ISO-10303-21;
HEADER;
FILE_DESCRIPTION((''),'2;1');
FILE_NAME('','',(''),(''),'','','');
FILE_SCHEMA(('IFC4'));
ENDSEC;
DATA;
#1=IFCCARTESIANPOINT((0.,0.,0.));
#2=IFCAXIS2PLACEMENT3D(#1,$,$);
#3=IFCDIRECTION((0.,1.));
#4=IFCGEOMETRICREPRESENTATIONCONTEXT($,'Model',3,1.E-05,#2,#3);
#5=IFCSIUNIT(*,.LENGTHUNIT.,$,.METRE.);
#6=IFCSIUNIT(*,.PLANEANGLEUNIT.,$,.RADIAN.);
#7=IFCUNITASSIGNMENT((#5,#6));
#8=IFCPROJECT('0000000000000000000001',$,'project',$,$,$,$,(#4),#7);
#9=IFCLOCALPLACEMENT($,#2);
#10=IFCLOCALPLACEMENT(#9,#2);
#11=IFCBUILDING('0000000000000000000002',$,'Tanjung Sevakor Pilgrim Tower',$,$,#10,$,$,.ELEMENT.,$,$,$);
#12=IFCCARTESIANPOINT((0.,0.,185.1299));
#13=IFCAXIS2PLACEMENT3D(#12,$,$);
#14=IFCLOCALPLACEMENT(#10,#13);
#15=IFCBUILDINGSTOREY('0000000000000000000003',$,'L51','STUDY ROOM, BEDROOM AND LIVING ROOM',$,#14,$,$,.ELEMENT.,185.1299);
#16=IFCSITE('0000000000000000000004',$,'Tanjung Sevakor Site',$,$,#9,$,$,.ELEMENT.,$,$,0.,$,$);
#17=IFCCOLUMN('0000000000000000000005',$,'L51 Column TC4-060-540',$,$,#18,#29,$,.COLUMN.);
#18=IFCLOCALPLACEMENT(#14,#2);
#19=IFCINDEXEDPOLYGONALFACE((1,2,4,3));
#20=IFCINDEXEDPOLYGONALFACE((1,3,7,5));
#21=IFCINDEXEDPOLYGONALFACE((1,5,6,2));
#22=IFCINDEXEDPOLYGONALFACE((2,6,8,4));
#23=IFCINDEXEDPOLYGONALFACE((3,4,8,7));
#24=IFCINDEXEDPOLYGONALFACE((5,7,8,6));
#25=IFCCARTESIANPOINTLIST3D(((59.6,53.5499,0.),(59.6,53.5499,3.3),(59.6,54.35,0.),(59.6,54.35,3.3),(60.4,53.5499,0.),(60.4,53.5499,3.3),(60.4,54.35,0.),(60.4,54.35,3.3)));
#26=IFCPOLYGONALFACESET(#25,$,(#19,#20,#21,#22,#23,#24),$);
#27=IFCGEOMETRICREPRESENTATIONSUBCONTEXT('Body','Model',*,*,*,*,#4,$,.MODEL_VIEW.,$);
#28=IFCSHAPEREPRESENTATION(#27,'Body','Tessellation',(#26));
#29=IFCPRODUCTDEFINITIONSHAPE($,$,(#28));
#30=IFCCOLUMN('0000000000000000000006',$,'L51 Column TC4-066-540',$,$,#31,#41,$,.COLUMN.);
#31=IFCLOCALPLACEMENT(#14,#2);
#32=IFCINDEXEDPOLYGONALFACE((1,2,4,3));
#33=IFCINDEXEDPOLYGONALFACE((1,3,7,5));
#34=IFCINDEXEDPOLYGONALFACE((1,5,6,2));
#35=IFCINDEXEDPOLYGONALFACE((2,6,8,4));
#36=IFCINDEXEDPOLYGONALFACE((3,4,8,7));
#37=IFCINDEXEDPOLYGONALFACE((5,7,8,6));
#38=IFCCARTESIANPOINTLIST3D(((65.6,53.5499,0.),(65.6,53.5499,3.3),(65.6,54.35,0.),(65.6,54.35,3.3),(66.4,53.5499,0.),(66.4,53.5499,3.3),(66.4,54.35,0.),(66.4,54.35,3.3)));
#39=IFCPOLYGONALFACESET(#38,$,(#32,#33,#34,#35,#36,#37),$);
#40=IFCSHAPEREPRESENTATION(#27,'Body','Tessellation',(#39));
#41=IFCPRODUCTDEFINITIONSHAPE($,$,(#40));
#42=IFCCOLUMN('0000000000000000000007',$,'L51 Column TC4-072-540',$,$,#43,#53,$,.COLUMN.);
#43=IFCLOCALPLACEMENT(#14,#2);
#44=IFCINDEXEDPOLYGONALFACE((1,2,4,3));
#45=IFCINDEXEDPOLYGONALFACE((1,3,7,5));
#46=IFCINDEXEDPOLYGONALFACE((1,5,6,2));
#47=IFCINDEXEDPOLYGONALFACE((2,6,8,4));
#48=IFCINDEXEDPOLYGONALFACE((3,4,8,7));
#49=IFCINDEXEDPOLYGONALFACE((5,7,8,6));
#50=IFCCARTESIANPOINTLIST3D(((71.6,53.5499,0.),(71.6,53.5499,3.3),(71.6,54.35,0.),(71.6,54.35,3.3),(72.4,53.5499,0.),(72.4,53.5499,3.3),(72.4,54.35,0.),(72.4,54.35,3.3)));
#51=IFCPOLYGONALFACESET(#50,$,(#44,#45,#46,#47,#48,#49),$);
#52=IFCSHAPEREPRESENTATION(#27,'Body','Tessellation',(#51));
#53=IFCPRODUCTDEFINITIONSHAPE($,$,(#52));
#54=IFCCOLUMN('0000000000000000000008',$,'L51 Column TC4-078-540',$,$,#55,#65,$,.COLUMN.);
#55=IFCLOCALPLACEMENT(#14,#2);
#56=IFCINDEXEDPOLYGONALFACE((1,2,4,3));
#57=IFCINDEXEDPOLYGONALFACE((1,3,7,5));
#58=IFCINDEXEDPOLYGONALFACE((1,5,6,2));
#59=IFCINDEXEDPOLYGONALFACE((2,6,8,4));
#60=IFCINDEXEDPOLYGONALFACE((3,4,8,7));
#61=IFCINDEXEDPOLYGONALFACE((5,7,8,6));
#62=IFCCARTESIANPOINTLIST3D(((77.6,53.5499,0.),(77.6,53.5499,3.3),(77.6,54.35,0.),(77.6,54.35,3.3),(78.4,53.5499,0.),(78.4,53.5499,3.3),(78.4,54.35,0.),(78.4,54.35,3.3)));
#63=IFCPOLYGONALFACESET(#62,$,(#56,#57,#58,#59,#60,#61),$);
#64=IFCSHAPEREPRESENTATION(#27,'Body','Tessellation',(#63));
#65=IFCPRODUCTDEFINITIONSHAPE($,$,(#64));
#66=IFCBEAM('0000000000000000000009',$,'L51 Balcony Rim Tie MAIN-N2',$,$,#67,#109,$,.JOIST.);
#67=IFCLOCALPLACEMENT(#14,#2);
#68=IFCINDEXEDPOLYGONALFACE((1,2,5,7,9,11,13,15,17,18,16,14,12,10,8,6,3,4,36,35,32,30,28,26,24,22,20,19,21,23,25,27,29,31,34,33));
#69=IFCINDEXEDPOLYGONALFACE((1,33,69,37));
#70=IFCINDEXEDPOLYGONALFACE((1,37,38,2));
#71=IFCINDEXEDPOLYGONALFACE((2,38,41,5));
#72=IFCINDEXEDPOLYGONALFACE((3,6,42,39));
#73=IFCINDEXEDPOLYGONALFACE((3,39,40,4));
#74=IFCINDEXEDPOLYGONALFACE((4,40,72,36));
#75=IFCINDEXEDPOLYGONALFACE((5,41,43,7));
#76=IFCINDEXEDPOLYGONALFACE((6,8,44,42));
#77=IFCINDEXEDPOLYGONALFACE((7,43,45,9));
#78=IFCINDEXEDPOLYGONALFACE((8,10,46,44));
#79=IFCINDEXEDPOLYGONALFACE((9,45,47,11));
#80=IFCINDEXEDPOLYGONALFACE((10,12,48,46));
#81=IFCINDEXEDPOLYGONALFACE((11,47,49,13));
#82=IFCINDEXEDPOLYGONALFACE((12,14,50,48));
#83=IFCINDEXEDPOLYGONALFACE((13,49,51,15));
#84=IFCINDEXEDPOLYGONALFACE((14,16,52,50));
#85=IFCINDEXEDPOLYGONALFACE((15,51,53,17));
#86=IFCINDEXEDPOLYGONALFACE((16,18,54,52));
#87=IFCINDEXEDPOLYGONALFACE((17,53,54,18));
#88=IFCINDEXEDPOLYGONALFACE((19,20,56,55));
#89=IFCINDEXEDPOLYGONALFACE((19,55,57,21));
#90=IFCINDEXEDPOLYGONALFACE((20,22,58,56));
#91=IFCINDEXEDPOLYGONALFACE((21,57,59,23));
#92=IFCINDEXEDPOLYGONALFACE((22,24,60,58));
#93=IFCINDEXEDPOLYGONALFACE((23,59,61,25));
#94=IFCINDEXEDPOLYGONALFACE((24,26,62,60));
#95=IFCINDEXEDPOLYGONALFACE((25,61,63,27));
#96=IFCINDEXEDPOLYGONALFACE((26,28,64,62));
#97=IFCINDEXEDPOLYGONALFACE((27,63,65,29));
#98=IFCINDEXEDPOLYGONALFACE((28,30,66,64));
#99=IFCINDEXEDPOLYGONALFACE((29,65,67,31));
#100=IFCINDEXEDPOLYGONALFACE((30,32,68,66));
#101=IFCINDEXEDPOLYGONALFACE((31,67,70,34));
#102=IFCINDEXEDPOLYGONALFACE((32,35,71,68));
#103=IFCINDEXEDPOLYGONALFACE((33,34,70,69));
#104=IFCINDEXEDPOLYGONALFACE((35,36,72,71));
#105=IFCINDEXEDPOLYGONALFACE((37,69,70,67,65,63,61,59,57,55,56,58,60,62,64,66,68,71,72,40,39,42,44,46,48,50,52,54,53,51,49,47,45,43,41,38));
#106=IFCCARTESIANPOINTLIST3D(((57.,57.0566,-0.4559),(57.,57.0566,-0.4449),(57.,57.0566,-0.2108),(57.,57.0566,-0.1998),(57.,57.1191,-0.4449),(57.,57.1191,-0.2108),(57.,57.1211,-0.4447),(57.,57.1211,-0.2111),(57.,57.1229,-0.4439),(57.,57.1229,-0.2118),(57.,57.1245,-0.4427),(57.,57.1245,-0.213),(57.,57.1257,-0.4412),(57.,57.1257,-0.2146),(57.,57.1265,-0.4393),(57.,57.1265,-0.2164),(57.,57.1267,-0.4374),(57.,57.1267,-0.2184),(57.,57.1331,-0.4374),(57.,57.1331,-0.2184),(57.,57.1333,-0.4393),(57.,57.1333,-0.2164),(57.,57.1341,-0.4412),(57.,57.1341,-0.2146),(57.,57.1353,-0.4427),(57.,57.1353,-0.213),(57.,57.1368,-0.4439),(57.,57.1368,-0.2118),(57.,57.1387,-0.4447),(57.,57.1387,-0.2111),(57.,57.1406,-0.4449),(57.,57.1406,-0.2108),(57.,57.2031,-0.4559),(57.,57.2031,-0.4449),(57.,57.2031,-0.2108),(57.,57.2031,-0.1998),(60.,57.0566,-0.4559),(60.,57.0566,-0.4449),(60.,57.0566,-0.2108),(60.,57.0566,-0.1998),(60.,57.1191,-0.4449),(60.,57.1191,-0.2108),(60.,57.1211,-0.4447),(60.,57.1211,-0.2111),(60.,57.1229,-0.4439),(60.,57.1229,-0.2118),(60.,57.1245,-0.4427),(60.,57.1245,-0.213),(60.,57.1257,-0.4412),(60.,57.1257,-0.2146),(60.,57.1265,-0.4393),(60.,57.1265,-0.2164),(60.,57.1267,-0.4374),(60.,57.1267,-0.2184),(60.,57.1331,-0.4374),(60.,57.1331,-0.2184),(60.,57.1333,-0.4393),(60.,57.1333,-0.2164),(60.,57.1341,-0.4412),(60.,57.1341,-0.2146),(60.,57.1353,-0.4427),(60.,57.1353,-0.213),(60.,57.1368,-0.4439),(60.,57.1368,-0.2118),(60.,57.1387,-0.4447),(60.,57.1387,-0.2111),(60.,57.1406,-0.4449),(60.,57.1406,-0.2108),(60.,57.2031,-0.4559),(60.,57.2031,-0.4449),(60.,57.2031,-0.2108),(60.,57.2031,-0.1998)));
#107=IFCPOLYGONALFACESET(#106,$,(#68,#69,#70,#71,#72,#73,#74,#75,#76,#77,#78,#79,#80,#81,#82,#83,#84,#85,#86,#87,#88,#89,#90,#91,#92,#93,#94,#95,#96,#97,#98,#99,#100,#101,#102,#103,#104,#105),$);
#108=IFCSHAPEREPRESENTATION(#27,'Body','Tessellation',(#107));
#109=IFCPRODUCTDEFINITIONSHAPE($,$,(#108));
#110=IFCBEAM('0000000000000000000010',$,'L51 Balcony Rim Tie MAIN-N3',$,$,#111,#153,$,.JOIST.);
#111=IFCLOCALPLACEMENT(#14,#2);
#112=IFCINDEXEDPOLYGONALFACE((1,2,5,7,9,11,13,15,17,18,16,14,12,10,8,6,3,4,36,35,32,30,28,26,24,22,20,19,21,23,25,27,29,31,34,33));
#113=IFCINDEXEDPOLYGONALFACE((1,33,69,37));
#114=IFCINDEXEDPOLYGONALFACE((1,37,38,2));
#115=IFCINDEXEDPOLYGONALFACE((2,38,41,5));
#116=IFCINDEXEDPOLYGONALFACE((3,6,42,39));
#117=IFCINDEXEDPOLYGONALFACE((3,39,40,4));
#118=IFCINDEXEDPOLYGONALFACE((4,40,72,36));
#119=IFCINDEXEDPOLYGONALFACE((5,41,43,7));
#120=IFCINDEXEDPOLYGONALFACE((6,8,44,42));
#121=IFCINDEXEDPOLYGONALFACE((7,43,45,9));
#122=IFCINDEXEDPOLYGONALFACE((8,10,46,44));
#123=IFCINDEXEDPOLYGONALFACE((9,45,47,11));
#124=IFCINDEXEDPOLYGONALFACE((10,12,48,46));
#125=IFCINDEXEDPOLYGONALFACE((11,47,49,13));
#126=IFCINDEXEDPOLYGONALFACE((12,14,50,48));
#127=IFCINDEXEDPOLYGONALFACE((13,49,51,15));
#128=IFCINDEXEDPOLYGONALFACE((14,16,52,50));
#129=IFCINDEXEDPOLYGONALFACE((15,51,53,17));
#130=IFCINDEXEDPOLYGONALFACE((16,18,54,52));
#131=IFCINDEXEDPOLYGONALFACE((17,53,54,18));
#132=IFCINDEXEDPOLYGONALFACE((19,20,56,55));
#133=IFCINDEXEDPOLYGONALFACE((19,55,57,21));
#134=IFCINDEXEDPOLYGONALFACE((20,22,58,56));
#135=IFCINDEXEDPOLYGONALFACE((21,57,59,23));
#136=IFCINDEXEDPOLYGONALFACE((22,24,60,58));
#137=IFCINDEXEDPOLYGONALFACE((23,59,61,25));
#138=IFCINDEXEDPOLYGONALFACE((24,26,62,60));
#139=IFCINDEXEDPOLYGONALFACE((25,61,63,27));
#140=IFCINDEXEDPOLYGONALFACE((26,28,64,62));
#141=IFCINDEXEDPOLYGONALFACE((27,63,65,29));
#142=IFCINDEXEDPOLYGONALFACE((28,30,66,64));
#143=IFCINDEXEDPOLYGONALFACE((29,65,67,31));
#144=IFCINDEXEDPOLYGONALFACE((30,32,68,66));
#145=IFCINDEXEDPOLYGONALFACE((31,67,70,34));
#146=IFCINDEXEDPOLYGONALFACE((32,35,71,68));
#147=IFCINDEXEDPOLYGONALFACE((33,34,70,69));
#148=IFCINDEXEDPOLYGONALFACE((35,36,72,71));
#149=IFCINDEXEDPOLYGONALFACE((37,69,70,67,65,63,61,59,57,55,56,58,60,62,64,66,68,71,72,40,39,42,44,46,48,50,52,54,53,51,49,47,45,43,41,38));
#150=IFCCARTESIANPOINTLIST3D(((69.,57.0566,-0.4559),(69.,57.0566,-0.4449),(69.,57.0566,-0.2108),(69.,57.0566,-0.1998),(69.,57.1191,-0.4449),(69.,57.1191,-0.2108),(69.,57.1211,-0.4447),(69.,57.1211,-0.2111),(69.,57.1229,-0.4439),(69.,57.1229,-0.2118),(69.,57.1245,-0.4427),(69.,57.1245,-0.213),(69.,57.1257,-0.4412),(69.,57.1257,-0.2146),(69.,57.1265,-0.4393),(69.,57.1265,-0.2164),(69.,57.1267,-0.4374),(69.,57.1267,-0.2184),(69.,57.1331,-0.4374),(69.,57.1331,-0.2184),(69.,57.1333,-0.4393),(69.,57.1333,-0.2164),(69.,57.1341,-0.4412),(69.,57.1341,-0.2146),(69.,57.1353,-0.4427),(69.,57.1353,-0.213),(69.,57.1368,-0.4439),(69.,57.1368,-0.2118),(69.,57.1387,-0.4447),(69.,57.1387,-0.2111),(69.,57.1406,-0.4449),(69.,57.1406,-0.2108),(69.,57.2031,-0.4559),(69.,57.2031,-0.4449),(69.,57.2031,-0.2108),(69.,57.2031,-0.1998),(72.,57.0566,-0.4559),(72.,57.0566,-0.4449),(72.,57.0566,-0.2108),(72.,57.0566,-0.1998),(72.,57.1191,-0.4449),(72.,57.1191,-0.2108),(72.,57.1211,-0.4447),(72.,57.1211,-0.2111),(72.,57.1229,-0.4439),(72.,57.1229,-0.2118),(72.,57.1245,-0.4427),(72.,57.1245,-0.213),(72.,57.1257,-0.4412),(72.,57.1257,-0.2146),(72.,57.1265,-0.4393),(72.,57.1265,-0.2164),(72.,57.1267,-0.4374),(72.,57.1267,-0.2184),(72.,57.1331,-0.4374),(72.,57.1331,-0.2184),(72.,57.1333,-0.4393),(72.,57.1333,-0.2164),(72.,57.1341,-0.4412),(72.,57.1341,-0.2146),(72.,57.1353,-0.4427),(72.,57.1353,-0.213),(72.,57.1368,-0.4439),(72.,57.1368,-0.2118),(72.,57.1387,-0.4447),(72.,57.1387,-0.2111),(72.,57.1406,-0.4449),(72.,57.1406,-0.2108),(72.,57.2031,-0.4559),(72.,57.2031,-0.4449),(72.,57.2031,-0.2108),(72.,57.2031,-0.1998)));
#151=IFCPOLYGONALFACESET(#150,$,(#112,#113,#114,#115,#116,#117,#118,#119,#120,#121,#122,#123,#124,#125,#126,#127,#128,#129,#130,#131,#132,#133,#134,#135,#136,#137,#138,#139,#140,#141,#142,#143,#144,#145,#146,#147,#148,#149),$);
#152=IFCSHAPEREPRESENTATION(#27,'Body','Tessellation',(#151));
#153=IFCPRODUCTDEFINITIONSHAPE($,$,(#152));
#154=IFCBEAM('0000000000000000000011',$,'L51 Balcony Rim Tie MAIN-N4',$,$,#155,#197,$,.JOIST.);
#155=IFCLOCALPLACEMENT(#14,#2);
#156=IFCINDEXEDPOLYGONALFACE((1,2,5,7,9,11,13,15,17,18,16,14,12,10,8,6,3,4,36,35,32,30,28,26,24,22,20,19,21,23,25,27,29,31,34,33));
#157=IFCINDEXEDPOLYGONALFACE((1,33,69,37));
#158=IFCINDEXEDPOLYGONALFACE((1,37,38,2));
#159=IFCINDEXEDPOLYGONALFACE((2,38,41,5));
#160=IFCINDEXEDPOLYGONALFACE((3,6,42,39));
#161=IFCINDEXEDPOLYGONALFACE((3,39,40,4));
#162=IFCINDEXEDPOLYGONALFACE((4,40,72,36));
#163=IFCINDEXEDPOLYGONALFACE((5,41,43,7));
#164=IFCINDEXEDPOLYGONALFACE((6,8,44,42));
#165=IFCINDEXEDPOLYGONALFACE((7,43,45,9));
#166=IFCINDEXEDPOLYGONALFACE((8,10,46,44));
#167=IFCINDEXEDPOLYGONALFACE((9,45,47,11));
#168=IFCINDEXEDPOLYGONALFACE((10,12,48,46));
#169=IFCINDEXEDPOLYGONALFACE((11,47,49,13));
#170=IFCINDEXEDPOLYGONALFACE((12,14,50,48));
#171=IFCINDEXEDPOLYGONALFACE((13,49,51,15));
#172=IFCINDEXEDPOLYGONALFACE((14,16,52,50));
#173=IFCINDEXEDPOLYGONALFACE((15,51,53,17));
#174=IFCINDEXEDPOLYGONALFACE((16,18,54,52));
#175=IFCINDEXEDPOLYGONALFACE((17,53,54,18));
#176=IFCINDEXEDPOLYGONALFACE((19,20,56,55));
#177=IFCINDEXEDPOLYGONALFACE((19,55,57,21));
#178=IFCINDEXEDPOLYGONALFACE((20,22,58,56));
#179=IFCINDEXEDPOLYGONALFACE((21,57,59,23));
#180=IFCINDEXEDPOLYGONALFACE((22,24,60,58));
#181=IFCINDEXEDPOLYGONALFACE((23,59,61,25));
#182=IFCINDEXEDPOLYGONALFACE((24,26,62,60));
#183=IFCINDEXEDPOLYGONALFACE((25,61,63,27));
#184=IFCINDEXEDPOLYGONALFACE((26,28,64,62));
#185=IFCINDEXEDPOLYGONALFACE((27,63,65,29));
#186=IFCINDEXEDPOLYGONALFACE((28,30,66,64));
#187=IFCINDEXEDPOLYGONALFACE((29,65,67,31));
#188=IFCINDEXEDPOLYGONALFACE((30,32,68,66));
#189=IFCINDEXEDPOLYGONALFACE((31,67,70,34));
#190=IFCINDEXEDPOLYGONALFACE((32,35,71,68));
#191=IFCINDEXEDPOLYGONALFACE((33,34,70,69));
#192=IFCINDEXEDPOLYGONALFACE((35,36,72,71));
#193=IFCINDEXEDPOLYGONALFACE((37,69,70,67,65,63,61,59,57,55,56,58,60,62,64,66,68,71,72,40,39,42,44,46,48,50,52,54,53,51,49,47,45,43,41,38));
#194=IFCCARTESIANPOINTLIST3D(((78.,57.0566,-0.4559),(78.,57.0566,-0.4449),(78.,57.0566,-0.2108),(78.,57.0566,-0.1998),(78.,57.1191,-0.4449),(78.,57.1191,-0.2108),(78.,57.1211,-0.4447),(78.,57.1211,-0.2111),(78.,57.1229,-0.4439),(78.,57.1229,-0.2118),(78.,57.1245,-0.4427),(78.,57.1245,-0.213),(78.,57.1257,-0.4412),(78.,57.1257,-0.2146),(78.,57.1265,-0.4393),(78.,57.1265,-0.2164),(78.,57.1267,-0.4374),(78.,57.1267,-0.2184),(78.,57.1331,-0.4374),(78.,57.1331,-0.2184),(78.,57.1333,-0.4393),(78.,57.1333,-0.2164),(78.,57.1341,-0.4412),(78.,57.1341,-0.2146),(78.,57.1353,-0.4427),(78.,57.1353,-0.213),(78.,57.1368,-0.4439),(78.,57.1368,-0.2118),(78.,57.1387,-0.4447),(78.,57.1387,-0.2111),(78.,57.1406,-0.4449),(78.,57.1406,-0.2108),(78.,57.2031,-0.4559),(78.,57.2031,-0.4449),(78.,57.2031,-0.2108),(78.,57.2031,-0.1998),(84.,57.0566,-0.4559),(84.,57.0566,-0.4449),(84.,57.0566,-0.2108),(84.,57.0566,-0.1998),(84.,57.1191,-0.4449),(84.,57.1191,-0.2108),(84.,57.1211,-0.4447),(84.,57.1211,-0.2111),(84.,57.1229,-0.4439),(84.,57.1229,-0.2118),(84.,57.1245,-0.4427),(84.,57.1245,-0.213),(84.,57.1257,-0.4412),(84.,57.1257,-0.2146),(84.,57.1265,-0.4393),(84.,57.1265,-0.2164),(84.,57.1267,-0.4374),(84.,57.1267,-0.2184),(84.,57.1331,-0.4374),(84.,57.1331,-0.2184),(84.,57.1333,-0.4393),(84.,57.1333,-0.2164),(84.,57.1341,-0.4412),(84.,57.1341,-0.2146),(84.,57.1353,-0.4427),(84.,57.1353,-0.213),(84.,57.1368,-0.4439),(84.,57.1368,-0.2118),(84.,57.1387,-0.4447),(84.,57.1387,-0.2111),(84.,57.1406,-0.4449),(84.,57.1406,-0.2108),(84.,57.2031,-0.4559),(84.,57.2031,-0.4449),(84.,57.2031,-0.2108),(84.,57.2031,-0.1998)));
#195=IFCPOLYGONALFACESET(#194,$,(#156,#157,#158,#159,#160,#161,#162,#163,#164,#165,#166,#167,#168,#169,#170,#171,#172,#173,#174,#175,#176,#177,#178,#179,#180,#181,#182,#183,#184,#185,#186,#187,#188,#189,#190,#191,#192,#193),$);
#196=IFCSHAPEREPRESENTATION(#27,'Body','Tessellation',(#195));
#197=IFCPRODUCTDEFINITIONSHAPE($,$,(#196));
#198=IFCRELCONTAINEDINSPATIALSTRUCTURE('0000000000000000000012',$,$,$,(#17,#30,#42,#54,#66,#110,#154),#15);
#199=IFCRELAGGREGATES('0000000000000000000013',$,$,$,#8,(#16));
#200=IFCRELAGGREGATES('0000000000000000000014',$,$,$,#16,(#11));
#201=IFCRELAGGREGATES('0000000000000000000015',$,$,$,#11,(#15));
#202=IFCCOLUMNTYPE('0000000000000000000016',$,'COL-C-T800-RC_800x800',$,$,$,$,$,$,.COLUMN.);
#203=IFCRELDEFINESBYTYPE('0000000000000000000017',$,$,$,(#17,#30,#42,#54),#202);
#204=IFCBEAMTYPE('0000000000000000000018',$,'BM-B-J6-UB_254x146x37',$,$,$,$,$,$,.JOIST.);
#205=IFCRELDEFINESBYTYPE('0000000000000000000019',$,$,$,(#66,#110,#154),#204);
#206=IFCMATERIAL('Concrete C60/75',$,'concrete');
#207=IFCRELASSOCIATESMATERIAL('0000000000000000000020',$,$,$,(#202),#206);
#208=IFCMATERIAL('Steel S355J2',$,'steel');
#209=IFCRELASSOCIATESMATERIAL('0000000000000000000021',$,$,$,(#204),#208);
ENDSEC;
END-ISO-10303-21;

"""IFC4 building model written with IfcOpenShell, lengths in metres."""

from ifc_helpers import new_model, si_unit, direction, frame, origin, origin_2d, place, context, subcontext, project, spatial, rectangle, i_section, extrude, material, material_profile, profile_set, type_object, element, save


model = new_model("IFC4")

# Units and contexts
model_context = context("Model", 3, precision=1e-05, world=origin(), true_north=direction((0.0, 1.0)))
body_context = subcontext(model_context, "Body", "Model", "MODEL_VIEW")
ifc_project = project(units=[si_unit("LENGTHUNIT", "METRE"), si_unit("PLANEANGLEUNIT", "RADIAN")], contexts=[model_context])

# Site, building, storey
site_placement = place(None, origin())
site = spatial("IfcSite", under=ifc_project, at=site_placement, Name="Tanjung Sevakor Site", CompositionType="ELEMENT", RefElevation=0.0)
building_placement = place(site_placement, origin())
building = spatial("IfcBuilding", under=site, at=building_placement, Name="Tanjung Sevakor Pilgrim Tower", CompositionType="ELEMENT")
storey_placement = place(building_placement, frame((0.0, 0.0, 185.1299)))
storey = spatial("IfcBuildingStorey", under=building, at=storey_placement, Name="L51", Description="STUDY ROOM, BEDROOM AND LIVING ROOM", CompositionType="ELEMENT", Elevation=185.1299)

# Columns
ifc_material_1 = material(Name="Concrete C60/75", Category="concrete")
ifc_material_profile_1 = material_profile(ifc_material_1, rectangle(XDim=0.8, YDim=0.8, at=origin_2d()))
ifc_profile_set_1 = profile_set([ifc_material_profile_1], Name="Concrete C60/75")
column_type = type_object("IfcColumnType", Name="COL-C-T800-RC_800x800", PredefinedType="COLUMN", material=ifc_profile_set_1)
for number, where, z_axis, x_axis, name in (
    (1, (60.0, 53.95, 0.0), (0.0, 0.0, 1.0), (1.0, 0.0, 0.0), "L51 Column TC4-060-540"),
    (2, (66.0, 53.95, 0.0), (0.0, 0.0, 1.0), (1.0, 0.0, 0.0), "L51 Column TC4-066-540"),
    (3, (72.0, 53.95, 0.0), (0.0, 0.0, 1.0), (1.0, 0.0, 0.0), "L51 Column TC4-072-540"),
    (4, (78.0, 53.95, 0.0), (0.0, 0.0, 1.0), (1.0, 0.0, 0.0), "L51 Column TC4-078-540"),
):
    element("IfcColumn", number, at=place(storey_placement, frame(where, z_axis=z_axis, x_axis=x_axis)), inside=storey, type_object=column_type, Name=name, PredefinedType="COLUMN", context=body_context, shape_type="SweptSolid", body=[
        extrude(rectangle(XDim=0.8, YDim=0.8, at=origin_2d()), origin(), (0.0, 0.0, 1.0), 3.3),
    ])

# Beams
ifc_material_2 = material(Name="Steel S355J2", Category="steel")
ifc_material_profile_2 = material_profile(ifc_material_2, i_section(OverallWidth=0.1465, OverallDepth=0.2561, WebThickness=0.0063, FlangeThickness=0.011, FilletRadius=0.0076, at=origin_2d()))
ifc_profile_set_2 = profile_set([ifc_material_profile_2], Name="Steel S355J2")
beam_type_1 = type_object("IfcBeamType", Name="BM-B-J6-UB_254x146x37", PredefinedType="JOIST", material=ifc_profile_set_2)
for number, where, z_axis, x_axis, name in (
    (5, (57.0, 57.1299, -0.3279), (1.0, 0.0, 0.0), (0.0, 1.0, 0.0), "L51 Balcony Rim Tie MAIN-N2"),
    (6, (69.0, 57.1299, -0.3279), (1.0, 0.0, 0.0), (0.0, 1.0, 0.0), "L51 Balcony Rim Tie MAIN-N3"),
):
    element("IfcBeam", number, at=place(storey_placement, frame(where, z_axis=z_axis, x_axis=x_axis)), inside=storey, type_object=beam_type_1, Name=name, PredefinedType="JOIST", context=body_context, shape_type="SweptSolid", body=[
        extrude(i_section(OverallWidth=0.1465, OverallDepth=0.2561, WebThickness=0.0063, FlangeThickness=0.011, FilletRadius=0.0076, at=origin_2d()), origin(), (0.0, 0.0, 1.0), 3.0),
    ])
beam_placement = place(storey_placement, frame((78.0, 57.1299, -0.3279), z_axis=(1.0, 0.0, 0.0), x_axis=(0.0, 1.0, 0.0)))
element("IfcBeam", 7, at=beam_placement, inside=storey, type_object=beam_type_1, Name="L51 Balcony Rim Tie MAIN-N4", PredefinedType="JOIST", context=body_context, shape_type="SweptSolid", body=[
    extrude(i_section(OverallWidth=0.1465, OverallDepth=0.2561, WebThickness=0.0063, FlangeThickness=0.011, FilletRadius=0.0076, at=origin_2d()), origin(), (0.0, 0.0, 1.0), 6.0),
])

save(model, "model.ifc")
